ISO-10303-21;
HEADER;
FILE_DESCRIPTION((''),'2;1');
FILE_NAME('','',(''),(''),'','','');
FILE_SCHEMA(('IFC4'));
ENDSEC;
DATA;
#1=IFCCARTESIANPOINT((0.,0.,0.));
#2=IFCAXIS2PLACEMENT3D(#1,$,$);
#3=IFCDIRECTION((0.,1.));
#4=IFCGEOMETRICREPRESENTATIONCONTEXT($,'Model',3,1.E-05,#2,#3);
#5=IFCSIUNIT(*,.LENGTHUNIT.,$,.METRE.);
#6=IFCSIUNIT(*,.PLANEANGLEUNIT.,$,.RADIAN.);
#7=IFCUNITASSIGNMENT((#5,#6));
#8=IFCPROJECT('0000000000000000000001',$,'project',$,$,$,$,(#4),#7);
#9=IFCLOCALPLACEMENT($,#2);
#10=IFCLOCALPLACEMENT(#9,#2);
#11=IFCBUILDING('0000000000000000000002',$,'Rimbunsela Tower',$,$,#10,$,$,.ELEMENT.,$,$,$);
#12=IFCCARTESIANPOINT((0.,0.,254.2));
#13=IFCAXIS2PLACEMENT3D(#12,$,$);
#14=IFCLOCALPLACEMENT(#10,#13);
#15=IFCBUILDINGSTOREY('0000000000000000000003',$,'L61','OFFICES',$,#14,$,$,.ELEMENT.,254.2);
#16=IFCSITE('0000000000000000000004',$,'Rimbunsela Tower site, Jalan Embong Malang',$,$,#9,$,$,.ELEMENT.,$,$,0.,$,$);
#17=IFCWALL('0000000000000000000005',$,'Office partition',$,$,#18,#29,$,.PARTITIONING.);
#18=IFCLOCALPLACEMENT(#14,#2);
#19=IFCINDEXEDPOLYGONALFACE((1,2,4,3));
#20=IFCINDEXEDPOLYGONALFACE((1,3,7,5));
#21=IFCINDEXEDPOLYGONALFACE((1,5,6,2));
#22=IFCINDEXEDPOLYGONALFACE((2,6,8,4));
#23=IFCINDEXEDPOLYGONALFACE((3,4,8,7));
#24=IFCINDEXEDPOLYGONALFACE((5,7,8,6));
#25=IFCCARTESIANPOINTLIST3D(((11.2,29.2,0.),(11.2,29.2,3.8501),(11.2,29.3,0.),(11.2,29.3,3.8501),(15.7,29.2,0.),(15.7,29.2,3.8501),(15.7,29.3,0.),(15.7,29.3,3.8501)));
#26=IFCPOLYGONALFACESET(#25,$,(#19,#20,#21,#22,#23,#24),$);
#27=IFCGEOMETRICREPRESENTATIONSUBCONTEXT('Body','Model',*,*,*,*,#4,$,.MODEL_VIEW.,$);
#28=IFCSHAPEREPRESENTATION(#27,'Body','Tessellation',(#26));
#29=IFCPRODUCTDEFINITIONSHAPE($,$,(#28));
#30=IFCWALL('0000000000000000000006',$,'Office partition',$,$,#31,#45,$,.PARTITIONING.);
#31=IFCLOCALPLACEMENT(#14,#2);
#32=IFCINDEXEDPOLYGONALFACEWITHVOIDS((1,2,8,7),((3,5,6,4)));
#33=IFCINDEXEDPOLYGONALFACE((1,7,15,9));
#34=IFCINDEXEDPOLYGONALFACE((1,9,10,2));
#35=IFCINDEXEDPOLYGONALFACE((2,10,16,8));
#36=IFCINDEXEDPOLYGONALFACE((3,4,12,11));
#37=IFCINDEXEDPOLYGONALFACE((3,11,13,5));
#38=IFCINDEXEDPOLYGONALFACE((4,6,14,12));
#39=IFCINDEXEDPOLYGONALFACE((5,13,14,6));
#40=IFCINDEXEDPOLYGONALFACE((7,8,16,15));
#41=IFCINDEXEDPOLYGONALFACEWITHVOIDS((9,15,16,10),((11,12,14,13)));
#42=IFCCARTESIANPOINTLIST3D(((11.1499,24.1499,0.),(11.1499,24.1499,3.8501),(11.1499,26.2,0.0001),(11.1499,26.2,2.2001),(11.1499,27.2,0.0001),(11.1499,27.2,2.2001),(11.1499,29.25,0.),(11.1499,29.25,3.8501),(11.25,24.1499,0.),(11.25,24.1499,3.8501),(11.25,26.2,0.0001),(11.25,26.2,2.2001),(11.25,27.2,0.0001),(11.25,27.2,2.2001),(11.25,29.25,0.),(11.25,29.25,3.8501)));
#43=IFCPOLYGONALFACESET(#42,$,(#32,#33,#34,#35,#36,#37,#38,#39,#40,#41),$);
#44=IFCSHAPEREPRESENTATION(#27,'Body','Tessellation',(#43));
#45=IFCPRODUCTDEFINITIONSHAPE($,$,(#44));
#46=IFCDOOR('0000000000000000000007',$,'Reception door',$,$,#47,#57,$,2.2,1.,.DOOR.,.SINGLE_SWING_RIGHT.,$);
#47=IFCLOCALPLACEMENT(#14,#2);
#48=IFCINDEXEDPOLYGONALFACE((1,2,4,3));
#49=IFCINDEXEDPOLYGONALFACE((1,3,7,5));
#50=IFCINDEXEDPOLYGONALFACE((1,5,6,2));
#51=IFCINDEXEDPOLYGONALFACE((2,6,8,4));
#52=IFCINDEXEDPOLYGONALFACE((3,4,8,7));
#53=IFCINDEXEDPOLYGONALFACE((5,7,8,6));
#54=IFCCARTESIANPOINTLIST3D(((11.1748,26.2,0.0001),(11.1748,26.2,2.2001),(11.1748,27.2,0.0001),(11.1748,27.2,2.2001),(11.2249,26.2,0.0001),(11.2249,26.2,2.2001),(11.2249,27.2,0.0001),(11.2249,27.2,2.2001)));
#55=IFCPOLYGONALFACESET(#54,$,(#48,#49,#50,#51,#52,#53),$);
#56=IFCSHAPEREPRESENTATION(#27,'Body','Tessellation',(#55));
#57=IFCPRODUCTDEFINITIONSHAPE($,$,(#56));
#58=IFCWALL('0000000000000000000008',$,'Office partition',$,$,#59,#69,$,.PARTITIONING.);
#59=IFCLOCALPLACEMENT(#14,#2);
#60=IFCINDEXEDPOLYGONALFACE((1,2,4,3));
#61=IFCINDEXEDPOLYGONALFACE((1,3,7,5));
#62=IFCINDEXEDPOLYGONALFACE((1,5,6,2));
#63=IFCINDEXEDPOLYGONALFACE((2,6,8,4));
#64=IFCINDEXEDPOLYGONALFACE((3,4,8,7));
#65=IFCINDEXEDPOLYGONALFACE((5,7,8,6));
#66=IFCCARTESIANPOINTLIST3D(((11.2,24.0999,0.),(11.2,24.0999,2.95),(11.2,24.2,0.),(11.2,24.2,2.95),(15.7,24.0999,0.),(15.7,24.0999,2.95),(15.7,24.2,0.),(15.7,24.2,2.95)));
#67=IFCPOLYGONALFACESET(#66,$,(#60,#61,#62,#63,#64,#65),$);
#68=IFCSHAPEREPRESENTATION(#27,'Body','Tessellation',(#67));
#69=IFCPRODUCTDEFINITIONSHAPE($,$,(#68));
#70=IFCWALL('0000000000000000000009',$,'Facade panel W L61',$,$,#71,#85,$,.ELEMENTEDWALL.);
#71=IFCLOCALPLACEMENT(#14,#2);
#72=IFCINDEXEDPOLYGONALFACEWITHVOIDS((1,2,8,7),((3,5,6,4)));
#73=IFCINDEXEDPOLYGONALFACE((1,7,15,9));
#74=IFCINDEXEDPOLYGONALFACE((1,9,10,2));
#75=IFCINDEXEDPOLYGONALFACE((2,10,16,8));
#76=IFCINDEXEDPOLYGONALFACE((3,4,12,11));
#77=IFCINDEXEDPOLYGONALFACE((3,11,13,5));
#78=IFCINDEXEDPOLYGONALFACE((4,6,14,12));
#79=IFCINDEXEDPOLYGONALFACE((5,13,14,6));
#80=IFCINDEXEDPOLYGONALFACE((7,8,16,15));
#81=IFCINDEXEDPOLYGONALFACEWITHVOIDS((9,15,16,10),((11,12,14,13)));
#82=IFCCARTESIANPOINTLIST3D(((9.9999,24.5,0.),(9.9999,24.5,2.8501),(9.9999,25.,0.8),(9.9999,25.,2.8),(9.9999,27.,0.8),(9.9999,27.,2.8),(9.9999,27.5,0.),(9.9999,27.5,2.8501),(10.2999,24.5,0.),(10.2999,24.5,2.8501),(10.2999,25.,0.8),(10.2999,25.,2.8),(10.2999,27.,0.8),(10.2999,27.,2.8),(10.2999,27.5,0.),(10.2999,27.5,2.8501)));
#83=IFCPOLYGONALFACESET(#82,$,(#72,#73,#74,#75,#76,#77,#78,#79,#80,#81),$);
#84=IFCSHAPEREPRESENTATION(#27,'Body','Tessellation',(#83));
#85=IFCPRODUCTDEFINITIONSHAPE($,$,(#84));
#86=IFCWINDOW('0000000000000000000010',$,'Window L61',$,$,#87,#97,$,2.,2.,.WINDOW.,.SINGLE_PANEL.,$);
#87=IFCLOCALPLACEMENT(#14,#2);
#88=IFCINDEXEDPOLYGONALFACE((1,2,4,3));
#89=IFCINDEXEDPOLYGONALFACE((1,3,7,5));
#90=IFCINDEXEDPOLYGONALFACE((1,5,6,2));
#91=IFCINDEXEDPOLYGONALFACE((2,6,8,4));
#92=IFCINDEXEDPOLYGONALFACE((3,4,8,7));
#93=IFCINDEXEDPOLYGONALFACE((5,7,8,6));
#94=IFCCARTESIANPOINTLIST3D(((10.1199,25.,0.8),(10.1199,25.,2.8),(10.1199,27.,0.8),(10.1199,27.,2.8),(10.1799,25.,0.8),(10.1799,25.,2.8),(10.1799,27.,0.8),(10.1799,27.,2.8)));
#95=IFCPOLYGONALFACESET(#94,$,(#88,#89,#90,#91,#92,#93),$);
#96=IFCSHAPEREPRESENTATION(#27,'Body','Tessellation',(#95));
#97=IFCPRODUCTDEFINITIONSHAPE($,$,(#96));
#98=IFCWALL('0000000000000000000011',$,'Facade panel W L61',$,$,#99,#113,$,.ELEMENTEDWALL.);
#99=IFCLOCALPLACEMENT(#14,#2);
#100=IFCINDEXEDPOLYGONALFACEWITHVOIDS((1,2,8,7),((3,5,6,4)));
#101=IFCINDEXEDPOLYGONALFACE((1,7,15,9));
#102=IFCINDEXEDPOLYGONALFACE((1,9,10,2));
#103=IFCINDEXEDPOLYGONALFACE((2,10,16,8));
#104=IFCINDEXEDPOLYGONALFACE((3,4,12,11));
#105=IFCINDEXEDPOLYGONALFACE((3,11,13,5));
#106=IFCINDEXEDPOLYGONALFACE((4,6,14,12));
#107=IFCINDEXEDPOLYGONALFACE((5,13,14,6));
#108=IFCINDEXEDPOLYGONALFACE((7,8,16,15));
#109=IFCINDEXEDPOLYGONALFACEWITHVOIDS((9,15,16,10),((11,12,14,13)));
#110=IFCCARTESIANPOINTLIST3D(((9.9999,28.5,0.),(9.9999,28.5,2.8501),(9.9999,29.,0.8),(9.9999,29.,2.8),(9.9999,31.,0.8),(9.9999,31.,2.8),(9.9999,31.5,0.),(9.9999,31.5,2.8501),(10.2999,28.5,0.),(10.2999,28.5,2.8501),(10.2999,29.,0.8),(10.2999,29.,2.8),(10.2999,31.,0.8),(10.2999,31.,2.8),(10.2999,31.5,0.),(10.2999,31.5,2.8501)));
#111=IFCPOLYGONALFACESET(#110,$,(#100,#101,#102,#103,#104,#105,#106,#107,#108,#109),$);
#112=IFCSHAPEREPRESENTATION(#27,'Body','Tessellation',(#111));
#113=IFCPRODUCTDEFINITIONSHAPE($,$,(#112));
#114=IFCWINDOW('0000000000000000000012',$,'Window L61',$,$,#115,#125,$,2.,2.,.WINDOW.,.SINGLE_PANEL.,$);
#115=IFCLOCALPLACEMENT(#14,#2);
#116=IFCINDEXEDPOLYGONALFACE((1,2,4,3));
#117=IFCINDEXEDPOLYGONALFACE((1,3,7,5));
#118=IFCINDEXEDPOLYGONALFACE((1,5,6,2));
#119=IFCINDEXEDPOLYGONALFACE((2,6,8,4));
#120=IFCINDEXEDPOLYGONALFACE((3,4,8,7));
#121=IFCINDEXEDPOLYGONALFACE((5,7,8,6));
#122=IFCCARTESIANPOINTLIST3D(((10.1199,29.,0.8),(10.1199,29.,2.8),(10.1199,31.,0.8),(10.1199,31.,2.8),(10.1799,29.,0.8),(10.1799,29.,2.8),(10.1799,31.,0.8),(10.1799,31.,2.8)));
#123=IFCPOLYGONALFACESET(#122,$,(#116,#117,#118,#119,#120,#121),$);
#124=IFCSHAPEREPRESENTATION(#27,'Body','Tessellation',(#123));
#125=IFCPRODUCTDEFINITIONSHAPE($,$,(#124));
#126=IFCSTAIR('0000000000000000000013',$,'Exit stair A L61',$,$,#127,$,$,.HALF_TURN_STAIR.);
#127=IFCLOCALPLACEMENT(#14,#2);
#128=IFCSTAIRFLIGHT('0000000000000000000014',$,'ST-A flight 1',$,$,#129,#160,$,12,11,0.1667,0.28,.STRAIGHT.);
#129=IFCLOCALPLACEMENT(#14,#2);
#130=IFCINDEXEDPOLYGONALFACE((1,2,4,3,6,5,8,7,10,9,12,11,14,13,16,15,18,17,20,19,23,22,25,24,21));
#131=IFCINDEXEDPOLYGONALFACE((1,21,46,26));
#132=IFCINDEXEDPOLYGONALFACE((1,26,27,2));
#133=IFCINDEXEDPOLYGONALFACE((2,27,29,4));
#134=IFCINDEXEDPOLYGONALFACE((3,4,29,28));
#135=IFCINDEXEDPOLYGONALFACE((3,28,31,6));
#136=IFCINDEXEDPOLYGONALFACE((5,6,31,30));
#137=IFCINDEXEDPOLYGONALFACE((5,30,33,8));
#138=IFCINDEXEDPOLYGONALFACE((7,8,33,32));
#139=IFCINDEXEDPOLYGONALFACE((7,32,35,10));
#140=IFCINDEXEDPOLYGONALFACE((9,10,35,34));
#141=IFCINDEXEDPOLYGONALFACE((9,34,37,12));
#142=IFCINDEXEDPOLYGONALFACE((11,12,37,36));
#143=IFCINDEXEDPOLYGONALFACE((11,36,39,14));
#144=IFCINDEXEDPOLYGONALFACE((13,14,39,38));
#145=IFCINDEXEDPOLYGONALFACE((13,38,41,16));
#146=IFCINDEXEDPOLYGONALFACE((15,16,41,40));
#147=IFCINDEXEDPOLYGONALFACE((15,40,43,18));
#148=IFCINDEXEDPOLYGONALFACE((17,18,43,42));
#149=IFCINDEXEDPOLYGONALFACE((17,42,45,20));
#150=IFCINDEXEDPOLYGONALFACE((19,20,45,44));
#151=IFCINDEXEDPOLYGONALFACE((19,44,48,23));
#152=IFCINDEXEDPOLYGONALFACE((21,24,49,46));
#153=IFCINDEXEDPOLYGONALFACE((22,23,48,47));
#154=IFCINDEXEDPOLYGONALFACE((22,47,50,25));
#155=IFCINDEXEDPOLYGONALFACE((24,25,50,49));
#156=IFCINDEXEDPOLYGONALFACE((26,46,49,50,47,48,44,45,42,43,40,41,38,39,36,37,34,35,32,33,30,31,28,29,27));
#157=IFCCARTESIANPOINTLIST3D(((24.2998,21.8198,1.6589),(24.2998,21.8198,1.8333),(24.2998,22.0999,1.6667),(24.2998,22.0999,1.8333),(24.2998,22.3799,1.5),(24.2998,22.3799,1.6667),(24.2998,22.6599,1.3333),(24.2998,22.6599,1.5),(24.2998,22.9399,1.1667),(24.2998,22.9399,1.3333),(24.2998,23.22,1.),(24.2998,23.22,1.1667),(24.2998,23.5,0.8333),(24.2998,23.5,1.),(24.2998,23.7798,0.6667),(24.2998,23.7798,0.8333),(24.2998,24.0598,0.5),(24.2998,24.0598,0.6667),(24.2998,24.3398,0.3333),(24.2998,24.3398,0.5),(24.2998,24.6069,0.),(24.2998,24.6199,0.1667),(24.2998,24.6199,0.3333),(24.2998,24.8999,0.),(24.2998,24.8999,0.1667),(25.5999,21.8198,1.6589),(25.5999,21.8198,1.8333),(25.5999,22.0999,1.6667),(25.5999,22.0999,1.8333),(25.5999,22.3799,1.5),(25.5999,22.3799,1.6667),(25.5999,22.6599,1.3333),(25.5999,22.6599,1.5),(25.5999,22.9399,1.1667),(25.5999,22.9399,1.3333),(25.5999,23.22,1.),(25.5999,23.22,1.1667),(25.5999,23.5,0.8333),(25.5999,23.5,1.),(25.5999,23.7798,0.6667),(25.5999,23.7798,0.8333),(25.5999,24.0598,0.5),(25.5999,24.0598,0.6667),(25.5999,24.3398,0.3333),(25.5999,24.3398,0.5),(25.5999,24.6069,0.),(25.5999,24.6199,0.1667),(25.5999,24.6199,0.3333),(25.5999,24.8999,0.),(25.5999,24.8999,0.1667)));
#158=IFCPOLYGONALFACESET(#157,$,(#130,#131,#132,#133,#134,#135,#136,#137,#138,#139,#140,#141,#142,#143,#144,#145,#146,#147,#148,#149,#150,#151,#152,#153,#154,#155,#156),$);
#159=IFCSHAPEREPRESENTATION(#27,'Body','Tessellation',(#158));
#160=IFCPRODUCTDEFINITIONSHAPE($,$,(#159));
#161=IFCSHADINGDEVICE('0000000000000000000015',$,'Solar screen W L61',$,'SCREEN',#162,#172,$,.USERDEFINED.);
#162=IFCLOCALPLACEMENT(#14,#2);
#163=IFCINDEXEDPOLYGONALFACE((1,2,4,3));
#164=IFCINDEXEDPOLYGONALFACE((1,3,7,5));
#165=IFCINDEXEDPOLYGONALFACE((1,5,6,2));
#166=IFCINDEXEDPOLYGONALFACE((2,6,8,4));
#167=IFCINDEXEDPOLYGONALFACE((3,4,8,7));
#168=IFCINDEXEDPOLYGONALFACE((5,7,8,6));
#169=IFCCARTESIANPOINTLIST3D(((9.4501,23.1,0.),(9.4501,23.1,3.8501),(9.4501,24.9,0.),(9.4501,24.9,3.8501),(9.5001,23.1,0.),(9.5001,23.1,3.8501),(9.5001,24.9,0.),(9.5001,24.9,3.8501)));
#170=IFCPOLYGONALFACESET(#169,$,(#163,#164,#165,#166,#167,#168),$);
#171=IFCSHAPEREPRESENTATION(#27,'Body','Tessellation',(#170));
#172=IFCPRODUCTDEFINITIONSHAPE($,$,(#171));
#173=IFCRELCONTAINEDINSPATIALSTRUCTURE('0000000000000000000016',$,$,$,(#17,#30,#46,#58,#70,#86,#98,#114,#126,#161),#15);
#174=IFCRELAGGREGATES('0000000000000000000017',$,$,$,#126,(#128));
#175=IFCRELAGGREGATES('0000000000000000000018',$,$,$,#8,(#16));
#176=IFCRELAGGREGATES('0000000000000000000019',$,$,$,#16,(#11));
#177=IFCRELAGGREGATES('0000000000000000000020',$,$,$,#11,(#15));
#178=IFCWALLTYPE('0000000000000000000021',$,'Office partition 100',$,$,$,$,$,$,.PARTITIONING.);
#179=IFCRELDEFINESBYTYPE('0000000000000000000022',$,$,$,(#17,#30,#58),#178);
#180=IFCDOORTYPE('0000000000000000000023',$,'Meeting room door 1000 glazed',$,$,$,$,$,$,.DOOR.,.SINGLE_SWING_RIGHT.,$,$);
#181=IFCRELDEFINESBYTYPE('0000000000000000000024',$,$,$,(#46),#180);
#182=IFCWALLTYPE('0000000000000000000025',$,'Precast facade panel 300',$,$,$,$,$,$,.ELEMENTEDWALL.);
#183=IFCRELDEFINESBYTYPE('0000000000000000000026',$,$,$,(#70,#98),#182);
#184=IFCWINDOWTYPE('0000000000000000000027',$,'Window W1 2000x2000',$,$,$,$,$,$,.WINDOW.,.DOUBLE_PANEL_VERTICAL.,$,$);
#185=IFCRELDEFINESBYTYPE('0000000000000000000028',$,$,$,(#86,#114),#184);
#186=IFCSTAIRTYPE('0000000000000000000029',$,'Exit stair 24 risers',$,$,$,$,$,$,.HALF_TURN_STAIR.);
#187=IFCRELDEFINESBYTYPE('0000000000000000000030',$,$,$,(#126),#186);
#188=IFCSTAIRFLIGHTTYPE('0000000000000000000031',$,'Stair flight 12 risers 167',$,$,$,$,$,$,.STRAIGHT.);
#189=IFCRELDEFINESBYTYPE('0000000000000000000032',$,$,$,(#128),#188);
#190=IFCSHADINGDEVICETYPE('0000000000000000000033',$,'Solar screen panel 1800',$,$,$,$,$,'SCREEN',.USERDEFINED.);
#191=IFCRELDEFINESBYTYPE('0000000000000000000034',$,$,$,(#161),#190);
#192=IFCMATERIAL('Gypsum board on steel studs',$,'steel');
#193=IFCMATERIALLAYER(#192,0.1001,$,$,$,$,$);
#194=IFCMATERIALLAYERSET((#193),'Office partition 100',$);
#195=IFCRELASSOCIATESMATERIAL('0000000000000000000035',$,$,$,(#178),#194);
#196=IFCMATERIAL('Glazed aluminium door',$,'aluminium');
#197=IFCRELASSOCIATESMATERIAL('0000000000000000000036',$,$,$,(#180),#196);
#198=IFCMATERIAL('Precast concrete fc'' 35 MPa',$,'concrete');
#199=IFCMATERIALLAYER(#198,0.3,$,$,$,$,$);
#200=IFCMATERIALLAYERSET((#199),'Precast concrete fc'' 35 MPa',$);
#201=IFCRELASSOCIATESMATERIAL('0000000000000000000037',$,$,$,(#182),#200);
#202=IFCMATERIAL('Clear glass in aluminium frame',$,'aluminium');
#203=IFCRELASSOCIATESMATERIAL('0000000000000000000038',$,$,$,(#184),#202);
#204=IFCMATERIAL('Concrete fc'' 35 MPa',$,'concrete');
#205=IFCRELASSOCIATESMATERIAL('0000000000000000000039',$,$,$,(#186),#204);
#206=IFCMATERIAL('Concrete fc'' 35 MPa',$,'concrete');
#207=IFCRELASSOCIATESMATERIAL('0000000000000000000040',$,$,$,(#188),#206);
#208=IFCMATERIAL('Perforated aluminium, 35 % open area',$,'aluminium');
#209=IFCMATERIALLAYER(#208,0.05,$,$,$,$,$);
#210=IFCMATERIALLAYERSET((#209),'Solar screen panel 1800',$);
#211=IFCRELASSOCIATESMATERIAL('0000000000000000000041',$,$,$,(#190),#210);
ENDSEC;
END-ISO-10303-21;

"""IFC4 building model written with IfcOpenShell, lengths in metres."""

from ifc_helpers import new_model, si_unit, direction, frame, frame_2d, origin, origin_2d, place, context, subcontext, project, spatial, polyline, rectangle, outline, extrude, material, layer, layer_set, type_object, element, fill, aggregate, save


model = new_model("IFC4")

# Units and contexts
model_context = context("Model", 3, precision=1e-05, world=origin(), true_north=direction((0.0, 1.0)))
body_context = subcontext(model_context, "Body", "Model", "MODEL_VIEW")
ifc_project = project(units=[si_unit("LENGTHUNIT", "METRE"), si_unit("PLANEANGLEUNIT", "RADIAN")], contexts=[model_context])

# Site, building, storey
site_placement = place(None, origin())
site = spatial("IfcSite", under=ifc_project, at=site_placement, Name="Rimbunsela Tower site, Jalan Embong Malang", CompositionType="ELEMENT", RefElevation=0.0)
building_placement = place(site_placement, origin())
building = spatial("IfcBuilding", under=site, at=building_placement, Name="Rimbunsela Tower", CompositionType="ELEMENT")
storey_placement = place(building_placement, frame((0.0, 0.0, 254.2)))
storey = spatial("IfcBuildingStorey", under=building, at=storey_placement, Name="L61", Description="OFFICES", CompositionType="ELEMENT", Elevation=254.2)

# Wall
ifc_material_1 = material(Name="Gypsum board on steel studs", Category="steel")
ifc_layer_1 = layer(ifc_material_1, 0.1001)
ifc_layer_set_1 = layer_set([ifc_layer_1], Name="Office partition 100")
wall_type_1 = type_object("IfcWallType", Name="Office partition 100", PredefinedType="PARTITIONING", material=ifc_layer_set_1)
wall_1_placement = place(storey_placement, frame((15.7, 29.25, 0.0), z_axis=(0.0, 0.0, 1.0), x_axis=(-1.0, 0.0, 0.0)))
element("IfcWall", 1, at=wall_1_placement, inside=storey, type_object=wall_type_1, Name="Office partition", PredefinedType="PARTITIONING", context=body_context, shape_type="SweptSolid", body=[
    extrude(rectangle(XDim=4.5, YDim=0.1001, at=frame_2d((2.25, 0.0))), origin(), (0.0, 0.0, 1.0), 3.8501),
])

# Wall, opening, door
wall_2_placement = place(storey_placement, frame((11.2, 29.25, 0.0), z_axis=(0.0, 0.0, 1.0), x_axis=(0.0, -1.0, 0.0)))
wall_2 = element("IfcWall", 2, at=wall_2_placement, inside=storey, type_object=wall_type_1, Name="Office partition", PredefinedType="PARTITIONING", context=body_context, shape_type="SweptSolid", body=[
    extrude(rectangle(XDim=5.1001, YDim=0.1001, at=frame_2d((2.55, 0.0))), origin(), (0.0, 0.0, 1.0), 3.8501),
])
opening_1_placement = place(wall_2_placement, frame((2.05, 0.0, 0.0)))
opening_1 = element("IfcOpeningElement", 3, at=opening_1_placement, cuts=wall_2, PredefinedType="OPENING", context=body_context, shape_type="SweptSolid", body=[
    extrude(rectangle(XDim=1.0, YDim=2.2, at=frame_2d((0.5, 1.1001))), frame((0.0, 0.0601, 0.0), z_axis=(0.0, -1.0, 0.0), x_axis=(1.0, 0.0, 0.0)), (0.0, 0.0, 1.0), 0.1201),
])
ifc_material_2 = material(Name="Glazed aluminium door", Category="aluminium")
door_type_1 = type_object("IfcDoorType", Name="Meeting room door 1000 glazed", OperationType="SINGLE_SWING_RIGHT", PredefinedType="DOOR", material=ifc_material_2)
door_1_placement = place(opening_1_placement, origin())
door_1 = element("IfcDoor", 4, at=door_1_placement, inside=storey, type_object=door_type_1, Name="Reception door", OperationType="SINGLE_SWING_RIGHT", OverallHeight=2.2, OverallWidth=1.0, PredefinedType="DOOR", context=body_context, shape_type="SweptSolid", body=[
    extrude(rectangle(XDim=1.0, YDim=2.2, at=frame_2d((0.5, 1.1001))), frame((0.0, 0.0249, 0.0), z_axis=(0.0, -1.0, 0.0), x_axis=(1.0, 0.0, 0.0)), (0.0, 0.0, 1.0), 0.05),
])
fill(opening_1, door_1)

# Wall
wall_3_placement = place(storey_placement, frame((11.2, 24.1499, 0.0), z_axis=(0.0, 0.0, 1.0), x_axis=(1.0, 0.0, 0.0)))
element("IfcWall", 5, at=wall_3_placement, inside=storey, type_object=wall_type_1, Name="Office partition", PredefinedType="PARTITIONING", context=body_context, shape_type="SweptSolid", body=[
    extrude(rectangle(XDim=4.5, YDim=0.1001, at=frame_2d((2.25, 0.0))), origin(), (0.0, 0.0, 1.0), 2.95),
])

# Walls, openings, windows
ifc_material_3 = material(Name="Precast concrete fc' 35 MPa", Category="concrete")
ifc_layer_2 = layer(ifc_material_3, 0.3)
ifc_layer_set_2 = layer_set([ifc_layer_2], Name="Precast concrete fc' 35 MPa")
wall_type_2 = type_object("IfcWallType", Name="Precast facade panel 300", PredefinedType="ELEMENTEDWALL", material=ifc_layer_set_2)
wall_4_placement = place(storey_placement, frame((10.1499, 27.5, 0.0), z_axis=(0.0, 0.0, 1.0), x_axis=(0.0, -1.0, 0.0)))
wall_4 = element("IfcWall", 6, at=wall_4_placement, inside=storey, type_object=wall_type_2, Name="Facade panel W L61", PredefinedType="ELEMENTEDWALL", context=body_context, shape_type="SweptSolid", body=[
    extrude(rectangle(XDim=3.0, YDim=0.3, at=frame_2d((1.5, 0.0))), origin(), (0.0, 0.0, 1.0), 2.8501),
])
opening_2_placement = place(wall_4_placement, frame((0.5, 0.0, 0.8)))
opening_2 = element("IfcOpeningElement", 7, at=opening_2_placement, cuts=wall_4, PredefinedType="OPENING", context=body_context, shape_type="SweptSolid", body=[
    extrude(rectangle(XDim=2.0, YDim=2.0, at=frame_2d((1.0, 1.0))), frame((0.0, 0.1599, 0.0), z_axis=(0.0, -1.0, 0.0), x_axis=(1.0, 0.0, 0.0)), (0.0, 0.0, 1.0), 0.3201),
])
ifc_material_4 = material(Name="Clear glass in aluminium frame", Category="aluminium")
window_type = type_object("IfcWindowType", Name="Window W1 2000x2000", PartitioningType="DOUBLE_PANEL_VERTICAL", PredefinedType="WINDOW", material=ifc_material_4)
window_1_placement = place(opening_2_placement, origin())
window_1 = element("IfcWindow", 8, at=window_1_placement, inside=storey, type_object=window_type, Name="Window L61", OverallHeight=2.0, OverallWidth=2.0, PartitioningType="SINGLE_PANEL", PredefinedType="WINDOW", context=body_context, shape_type="SweptSolid", body=[
    extrude(rectangle(XDim=2.0, YDim=2.0, at=frame_2d((1.0, 1.0))), frame((0.0, 0.03, 0.0), z_axis=(0.0, -1.0, 0.0), x_axis=(1.0, 0.0, 0.0)), (0.0, 0.0, 1.0), 0.0601),
])
fill(opening_2, window_1)
wall_5_placement = place(storey_placement, frame((10.1499, 31.5, 0.0), z_axis=(0.0, 0.0, 1.0), x_axis=(0.0, -1.0, 0.0)))
wall_5 = element("IfcWall", 9, at=wall_5_placement, inside=storey, type_object=wall_type_2, Name="Facade panel W L61", PredefinedType="ELEMENTEDWALL", context=body_context, shape_type="SweptSolid", body=[
    extrude(rectangle(XDim=3.0, YDim=0.3, at=frame_2d((1.5, 0.0))), origin(), (0.0, 0.0, 1.0), 2.8501),
])
opening_3_placement = place(wall_5_placement, frame((0.5, 0.0, 0.8)))
opening_3 = element("IfcOpeningElement", 10, at=opening_3_placement, cuts=wall_5, PredefinedType="OPENING", context=body_context, shape_type="SweptSolid", body=[
    extrude(rectangle(XDim=2.0, YDim=2.0, at=frame_2d((1.0, 1.0))), frame((0.0, 0.1599, 0.0), z_axis=(0.0, -1.0, 0.0), x_axis=(1.0, 0.0, 0.0)), (0.0, 0.0, 1.0), 0.3201),
])
window_2_placement = place(opening_3_placement, origin())
window_2 = element("IfcWindow", 11, at=window_2_placement, inside=storey, type_object=window_type, Name="Window L61", OverallHeight=2.0, OverallWidth=2.0, PartitioningType="SINGLE_PANEL", PredefinedType="WINDOW", context=body_context, shape_type="SweptSolid", body=[
    extrude(rectangle(XDim=2.0, YDim=2.0, at=frame_2d((1.0, 1.0))), frame((0.0, 0.03, 0.0), z_axis=(0.0, -1.0, 0.0), x_axis=(1.0, 0.0, 0.0)), (0.0, 0.0, 1.0), 0.0601),
])
fill(opening_3, window_2)

# Stair, stair flight
ifc_material_5 = material(Name="Concrete fc' 35 MPa", Category="concrete")
stair_type = type_object("IfcStairType", Name="Exit stair 24 risers", PredefinedType="HALF_TURN_STAIR", material=ifc_material_5)
stair_placement = place(storey_placement, origin())
stair = element("IfcStair", 12, at=stair_placement, inside=storey, type_object=stair_type, Name="Exit stair A L61", PredefinedType="HALF_TURN_STAIR")
ifc_material_6 = material(Name="Concrete fc' 35 MPa", Category="concrete")
stair_flight_type = type_object("IfcStairFlightType", Name="Stair flight 12 risers 167", PredefinedType="STRAIGHT", material=ifc_material_6)
stair_flight_placement = place(storey_placement, frame((24.95, 24.8999, 0.0), z_axis=(0.0, 0.0, 1.0), x_axis=(0.0, -1.0, 0.0)))
stair_flight = element("IfcStairFlight", 13, at=stair_flight_placement, type_object=stair_flight_type, Name="ST-A flight 1", NumberOfRisers=12, NumberOfTreads=11, PredefinedType="STRAIGHT", RiserHeight=0.1667, TreadLength=0.28, context=body_context, shape_type="SweptSolid", body=[
    extrude(outline(polyline([(0.0, 0.0), (0.0, 0.1667), (0.28, 0.1667), (0.28, 0.3333), (0.5601, 0.3333), (0.5601, 0.5), (0.8401, 0.5), (0.8401, 0.6667), (1.1201, 0.6667), (1.1201, 0.8333), (1.3999, 0.8333), (1.3999, 1.0), (1.6799, 1.0), (1.6799, 1.1667), (1.96, 1.1667), (1.96, 1.3333), (2.24, 1.3333), (2.24, 1.5), (2.52, 1.5), (2.52, 1.6667), (2.8, 1.6667), (2.8, 1.8333), (3.0801, 1.8333), (3.0801, 2.0), (3.0801, 1.6589), (0.293, 0.0), (0.0, 0.0)])), frame((0.0, 0.6499, 0.0), z_axis=(0.0, -1.0, 0.0), x_axis=(1.0, 0.0, 0.0)), (0.0, 0.0, 1.0), 1.3),
])
aggregate(stair, [stair_flight])

# Shading device
ifc_material_7 = material(Name="Perforated aluminium, 35 % open area", Category="aluminium")
ifc_layer_3 = layer(ifc_material_7, 0.05)
ifc_layer_set_3 = layer_set([ifc_layer_3], Name="Solar screen panel 1800")
shading_device_type = type_object("IfcShadingDeviceType", Name="Solar screen panel 1800", ElementType="SCREEN", PredefinedType="USERDEFINED", material=ifc_layer_set_3)
for number, where, z_axis, x_axis, name in (
    (14, (9.4751, 24.0, 0.0), (0.0, 0.0, 1.0), (0.0, 1.0, 0.0), "Solar screen W L61"),
):
    element("IfcShadingDevice", number, at=place(storey_placement, frame(where, z_axis=z_axis, x_axis=x_axis)), inside=storey, type_object=shading_device_type, Name=name, ObjectType="SCREEN", PredefinedType="USERDEFINED", context=body_context, shape_type="SweptSolid", body=[
        extrude(rectangle(XDim=1.8, YDim=0.05, at=origin_2d()), origin(), (0.0, 0.0, 1.0), 3.8501),
    ])

save(model, "model.ifc")
